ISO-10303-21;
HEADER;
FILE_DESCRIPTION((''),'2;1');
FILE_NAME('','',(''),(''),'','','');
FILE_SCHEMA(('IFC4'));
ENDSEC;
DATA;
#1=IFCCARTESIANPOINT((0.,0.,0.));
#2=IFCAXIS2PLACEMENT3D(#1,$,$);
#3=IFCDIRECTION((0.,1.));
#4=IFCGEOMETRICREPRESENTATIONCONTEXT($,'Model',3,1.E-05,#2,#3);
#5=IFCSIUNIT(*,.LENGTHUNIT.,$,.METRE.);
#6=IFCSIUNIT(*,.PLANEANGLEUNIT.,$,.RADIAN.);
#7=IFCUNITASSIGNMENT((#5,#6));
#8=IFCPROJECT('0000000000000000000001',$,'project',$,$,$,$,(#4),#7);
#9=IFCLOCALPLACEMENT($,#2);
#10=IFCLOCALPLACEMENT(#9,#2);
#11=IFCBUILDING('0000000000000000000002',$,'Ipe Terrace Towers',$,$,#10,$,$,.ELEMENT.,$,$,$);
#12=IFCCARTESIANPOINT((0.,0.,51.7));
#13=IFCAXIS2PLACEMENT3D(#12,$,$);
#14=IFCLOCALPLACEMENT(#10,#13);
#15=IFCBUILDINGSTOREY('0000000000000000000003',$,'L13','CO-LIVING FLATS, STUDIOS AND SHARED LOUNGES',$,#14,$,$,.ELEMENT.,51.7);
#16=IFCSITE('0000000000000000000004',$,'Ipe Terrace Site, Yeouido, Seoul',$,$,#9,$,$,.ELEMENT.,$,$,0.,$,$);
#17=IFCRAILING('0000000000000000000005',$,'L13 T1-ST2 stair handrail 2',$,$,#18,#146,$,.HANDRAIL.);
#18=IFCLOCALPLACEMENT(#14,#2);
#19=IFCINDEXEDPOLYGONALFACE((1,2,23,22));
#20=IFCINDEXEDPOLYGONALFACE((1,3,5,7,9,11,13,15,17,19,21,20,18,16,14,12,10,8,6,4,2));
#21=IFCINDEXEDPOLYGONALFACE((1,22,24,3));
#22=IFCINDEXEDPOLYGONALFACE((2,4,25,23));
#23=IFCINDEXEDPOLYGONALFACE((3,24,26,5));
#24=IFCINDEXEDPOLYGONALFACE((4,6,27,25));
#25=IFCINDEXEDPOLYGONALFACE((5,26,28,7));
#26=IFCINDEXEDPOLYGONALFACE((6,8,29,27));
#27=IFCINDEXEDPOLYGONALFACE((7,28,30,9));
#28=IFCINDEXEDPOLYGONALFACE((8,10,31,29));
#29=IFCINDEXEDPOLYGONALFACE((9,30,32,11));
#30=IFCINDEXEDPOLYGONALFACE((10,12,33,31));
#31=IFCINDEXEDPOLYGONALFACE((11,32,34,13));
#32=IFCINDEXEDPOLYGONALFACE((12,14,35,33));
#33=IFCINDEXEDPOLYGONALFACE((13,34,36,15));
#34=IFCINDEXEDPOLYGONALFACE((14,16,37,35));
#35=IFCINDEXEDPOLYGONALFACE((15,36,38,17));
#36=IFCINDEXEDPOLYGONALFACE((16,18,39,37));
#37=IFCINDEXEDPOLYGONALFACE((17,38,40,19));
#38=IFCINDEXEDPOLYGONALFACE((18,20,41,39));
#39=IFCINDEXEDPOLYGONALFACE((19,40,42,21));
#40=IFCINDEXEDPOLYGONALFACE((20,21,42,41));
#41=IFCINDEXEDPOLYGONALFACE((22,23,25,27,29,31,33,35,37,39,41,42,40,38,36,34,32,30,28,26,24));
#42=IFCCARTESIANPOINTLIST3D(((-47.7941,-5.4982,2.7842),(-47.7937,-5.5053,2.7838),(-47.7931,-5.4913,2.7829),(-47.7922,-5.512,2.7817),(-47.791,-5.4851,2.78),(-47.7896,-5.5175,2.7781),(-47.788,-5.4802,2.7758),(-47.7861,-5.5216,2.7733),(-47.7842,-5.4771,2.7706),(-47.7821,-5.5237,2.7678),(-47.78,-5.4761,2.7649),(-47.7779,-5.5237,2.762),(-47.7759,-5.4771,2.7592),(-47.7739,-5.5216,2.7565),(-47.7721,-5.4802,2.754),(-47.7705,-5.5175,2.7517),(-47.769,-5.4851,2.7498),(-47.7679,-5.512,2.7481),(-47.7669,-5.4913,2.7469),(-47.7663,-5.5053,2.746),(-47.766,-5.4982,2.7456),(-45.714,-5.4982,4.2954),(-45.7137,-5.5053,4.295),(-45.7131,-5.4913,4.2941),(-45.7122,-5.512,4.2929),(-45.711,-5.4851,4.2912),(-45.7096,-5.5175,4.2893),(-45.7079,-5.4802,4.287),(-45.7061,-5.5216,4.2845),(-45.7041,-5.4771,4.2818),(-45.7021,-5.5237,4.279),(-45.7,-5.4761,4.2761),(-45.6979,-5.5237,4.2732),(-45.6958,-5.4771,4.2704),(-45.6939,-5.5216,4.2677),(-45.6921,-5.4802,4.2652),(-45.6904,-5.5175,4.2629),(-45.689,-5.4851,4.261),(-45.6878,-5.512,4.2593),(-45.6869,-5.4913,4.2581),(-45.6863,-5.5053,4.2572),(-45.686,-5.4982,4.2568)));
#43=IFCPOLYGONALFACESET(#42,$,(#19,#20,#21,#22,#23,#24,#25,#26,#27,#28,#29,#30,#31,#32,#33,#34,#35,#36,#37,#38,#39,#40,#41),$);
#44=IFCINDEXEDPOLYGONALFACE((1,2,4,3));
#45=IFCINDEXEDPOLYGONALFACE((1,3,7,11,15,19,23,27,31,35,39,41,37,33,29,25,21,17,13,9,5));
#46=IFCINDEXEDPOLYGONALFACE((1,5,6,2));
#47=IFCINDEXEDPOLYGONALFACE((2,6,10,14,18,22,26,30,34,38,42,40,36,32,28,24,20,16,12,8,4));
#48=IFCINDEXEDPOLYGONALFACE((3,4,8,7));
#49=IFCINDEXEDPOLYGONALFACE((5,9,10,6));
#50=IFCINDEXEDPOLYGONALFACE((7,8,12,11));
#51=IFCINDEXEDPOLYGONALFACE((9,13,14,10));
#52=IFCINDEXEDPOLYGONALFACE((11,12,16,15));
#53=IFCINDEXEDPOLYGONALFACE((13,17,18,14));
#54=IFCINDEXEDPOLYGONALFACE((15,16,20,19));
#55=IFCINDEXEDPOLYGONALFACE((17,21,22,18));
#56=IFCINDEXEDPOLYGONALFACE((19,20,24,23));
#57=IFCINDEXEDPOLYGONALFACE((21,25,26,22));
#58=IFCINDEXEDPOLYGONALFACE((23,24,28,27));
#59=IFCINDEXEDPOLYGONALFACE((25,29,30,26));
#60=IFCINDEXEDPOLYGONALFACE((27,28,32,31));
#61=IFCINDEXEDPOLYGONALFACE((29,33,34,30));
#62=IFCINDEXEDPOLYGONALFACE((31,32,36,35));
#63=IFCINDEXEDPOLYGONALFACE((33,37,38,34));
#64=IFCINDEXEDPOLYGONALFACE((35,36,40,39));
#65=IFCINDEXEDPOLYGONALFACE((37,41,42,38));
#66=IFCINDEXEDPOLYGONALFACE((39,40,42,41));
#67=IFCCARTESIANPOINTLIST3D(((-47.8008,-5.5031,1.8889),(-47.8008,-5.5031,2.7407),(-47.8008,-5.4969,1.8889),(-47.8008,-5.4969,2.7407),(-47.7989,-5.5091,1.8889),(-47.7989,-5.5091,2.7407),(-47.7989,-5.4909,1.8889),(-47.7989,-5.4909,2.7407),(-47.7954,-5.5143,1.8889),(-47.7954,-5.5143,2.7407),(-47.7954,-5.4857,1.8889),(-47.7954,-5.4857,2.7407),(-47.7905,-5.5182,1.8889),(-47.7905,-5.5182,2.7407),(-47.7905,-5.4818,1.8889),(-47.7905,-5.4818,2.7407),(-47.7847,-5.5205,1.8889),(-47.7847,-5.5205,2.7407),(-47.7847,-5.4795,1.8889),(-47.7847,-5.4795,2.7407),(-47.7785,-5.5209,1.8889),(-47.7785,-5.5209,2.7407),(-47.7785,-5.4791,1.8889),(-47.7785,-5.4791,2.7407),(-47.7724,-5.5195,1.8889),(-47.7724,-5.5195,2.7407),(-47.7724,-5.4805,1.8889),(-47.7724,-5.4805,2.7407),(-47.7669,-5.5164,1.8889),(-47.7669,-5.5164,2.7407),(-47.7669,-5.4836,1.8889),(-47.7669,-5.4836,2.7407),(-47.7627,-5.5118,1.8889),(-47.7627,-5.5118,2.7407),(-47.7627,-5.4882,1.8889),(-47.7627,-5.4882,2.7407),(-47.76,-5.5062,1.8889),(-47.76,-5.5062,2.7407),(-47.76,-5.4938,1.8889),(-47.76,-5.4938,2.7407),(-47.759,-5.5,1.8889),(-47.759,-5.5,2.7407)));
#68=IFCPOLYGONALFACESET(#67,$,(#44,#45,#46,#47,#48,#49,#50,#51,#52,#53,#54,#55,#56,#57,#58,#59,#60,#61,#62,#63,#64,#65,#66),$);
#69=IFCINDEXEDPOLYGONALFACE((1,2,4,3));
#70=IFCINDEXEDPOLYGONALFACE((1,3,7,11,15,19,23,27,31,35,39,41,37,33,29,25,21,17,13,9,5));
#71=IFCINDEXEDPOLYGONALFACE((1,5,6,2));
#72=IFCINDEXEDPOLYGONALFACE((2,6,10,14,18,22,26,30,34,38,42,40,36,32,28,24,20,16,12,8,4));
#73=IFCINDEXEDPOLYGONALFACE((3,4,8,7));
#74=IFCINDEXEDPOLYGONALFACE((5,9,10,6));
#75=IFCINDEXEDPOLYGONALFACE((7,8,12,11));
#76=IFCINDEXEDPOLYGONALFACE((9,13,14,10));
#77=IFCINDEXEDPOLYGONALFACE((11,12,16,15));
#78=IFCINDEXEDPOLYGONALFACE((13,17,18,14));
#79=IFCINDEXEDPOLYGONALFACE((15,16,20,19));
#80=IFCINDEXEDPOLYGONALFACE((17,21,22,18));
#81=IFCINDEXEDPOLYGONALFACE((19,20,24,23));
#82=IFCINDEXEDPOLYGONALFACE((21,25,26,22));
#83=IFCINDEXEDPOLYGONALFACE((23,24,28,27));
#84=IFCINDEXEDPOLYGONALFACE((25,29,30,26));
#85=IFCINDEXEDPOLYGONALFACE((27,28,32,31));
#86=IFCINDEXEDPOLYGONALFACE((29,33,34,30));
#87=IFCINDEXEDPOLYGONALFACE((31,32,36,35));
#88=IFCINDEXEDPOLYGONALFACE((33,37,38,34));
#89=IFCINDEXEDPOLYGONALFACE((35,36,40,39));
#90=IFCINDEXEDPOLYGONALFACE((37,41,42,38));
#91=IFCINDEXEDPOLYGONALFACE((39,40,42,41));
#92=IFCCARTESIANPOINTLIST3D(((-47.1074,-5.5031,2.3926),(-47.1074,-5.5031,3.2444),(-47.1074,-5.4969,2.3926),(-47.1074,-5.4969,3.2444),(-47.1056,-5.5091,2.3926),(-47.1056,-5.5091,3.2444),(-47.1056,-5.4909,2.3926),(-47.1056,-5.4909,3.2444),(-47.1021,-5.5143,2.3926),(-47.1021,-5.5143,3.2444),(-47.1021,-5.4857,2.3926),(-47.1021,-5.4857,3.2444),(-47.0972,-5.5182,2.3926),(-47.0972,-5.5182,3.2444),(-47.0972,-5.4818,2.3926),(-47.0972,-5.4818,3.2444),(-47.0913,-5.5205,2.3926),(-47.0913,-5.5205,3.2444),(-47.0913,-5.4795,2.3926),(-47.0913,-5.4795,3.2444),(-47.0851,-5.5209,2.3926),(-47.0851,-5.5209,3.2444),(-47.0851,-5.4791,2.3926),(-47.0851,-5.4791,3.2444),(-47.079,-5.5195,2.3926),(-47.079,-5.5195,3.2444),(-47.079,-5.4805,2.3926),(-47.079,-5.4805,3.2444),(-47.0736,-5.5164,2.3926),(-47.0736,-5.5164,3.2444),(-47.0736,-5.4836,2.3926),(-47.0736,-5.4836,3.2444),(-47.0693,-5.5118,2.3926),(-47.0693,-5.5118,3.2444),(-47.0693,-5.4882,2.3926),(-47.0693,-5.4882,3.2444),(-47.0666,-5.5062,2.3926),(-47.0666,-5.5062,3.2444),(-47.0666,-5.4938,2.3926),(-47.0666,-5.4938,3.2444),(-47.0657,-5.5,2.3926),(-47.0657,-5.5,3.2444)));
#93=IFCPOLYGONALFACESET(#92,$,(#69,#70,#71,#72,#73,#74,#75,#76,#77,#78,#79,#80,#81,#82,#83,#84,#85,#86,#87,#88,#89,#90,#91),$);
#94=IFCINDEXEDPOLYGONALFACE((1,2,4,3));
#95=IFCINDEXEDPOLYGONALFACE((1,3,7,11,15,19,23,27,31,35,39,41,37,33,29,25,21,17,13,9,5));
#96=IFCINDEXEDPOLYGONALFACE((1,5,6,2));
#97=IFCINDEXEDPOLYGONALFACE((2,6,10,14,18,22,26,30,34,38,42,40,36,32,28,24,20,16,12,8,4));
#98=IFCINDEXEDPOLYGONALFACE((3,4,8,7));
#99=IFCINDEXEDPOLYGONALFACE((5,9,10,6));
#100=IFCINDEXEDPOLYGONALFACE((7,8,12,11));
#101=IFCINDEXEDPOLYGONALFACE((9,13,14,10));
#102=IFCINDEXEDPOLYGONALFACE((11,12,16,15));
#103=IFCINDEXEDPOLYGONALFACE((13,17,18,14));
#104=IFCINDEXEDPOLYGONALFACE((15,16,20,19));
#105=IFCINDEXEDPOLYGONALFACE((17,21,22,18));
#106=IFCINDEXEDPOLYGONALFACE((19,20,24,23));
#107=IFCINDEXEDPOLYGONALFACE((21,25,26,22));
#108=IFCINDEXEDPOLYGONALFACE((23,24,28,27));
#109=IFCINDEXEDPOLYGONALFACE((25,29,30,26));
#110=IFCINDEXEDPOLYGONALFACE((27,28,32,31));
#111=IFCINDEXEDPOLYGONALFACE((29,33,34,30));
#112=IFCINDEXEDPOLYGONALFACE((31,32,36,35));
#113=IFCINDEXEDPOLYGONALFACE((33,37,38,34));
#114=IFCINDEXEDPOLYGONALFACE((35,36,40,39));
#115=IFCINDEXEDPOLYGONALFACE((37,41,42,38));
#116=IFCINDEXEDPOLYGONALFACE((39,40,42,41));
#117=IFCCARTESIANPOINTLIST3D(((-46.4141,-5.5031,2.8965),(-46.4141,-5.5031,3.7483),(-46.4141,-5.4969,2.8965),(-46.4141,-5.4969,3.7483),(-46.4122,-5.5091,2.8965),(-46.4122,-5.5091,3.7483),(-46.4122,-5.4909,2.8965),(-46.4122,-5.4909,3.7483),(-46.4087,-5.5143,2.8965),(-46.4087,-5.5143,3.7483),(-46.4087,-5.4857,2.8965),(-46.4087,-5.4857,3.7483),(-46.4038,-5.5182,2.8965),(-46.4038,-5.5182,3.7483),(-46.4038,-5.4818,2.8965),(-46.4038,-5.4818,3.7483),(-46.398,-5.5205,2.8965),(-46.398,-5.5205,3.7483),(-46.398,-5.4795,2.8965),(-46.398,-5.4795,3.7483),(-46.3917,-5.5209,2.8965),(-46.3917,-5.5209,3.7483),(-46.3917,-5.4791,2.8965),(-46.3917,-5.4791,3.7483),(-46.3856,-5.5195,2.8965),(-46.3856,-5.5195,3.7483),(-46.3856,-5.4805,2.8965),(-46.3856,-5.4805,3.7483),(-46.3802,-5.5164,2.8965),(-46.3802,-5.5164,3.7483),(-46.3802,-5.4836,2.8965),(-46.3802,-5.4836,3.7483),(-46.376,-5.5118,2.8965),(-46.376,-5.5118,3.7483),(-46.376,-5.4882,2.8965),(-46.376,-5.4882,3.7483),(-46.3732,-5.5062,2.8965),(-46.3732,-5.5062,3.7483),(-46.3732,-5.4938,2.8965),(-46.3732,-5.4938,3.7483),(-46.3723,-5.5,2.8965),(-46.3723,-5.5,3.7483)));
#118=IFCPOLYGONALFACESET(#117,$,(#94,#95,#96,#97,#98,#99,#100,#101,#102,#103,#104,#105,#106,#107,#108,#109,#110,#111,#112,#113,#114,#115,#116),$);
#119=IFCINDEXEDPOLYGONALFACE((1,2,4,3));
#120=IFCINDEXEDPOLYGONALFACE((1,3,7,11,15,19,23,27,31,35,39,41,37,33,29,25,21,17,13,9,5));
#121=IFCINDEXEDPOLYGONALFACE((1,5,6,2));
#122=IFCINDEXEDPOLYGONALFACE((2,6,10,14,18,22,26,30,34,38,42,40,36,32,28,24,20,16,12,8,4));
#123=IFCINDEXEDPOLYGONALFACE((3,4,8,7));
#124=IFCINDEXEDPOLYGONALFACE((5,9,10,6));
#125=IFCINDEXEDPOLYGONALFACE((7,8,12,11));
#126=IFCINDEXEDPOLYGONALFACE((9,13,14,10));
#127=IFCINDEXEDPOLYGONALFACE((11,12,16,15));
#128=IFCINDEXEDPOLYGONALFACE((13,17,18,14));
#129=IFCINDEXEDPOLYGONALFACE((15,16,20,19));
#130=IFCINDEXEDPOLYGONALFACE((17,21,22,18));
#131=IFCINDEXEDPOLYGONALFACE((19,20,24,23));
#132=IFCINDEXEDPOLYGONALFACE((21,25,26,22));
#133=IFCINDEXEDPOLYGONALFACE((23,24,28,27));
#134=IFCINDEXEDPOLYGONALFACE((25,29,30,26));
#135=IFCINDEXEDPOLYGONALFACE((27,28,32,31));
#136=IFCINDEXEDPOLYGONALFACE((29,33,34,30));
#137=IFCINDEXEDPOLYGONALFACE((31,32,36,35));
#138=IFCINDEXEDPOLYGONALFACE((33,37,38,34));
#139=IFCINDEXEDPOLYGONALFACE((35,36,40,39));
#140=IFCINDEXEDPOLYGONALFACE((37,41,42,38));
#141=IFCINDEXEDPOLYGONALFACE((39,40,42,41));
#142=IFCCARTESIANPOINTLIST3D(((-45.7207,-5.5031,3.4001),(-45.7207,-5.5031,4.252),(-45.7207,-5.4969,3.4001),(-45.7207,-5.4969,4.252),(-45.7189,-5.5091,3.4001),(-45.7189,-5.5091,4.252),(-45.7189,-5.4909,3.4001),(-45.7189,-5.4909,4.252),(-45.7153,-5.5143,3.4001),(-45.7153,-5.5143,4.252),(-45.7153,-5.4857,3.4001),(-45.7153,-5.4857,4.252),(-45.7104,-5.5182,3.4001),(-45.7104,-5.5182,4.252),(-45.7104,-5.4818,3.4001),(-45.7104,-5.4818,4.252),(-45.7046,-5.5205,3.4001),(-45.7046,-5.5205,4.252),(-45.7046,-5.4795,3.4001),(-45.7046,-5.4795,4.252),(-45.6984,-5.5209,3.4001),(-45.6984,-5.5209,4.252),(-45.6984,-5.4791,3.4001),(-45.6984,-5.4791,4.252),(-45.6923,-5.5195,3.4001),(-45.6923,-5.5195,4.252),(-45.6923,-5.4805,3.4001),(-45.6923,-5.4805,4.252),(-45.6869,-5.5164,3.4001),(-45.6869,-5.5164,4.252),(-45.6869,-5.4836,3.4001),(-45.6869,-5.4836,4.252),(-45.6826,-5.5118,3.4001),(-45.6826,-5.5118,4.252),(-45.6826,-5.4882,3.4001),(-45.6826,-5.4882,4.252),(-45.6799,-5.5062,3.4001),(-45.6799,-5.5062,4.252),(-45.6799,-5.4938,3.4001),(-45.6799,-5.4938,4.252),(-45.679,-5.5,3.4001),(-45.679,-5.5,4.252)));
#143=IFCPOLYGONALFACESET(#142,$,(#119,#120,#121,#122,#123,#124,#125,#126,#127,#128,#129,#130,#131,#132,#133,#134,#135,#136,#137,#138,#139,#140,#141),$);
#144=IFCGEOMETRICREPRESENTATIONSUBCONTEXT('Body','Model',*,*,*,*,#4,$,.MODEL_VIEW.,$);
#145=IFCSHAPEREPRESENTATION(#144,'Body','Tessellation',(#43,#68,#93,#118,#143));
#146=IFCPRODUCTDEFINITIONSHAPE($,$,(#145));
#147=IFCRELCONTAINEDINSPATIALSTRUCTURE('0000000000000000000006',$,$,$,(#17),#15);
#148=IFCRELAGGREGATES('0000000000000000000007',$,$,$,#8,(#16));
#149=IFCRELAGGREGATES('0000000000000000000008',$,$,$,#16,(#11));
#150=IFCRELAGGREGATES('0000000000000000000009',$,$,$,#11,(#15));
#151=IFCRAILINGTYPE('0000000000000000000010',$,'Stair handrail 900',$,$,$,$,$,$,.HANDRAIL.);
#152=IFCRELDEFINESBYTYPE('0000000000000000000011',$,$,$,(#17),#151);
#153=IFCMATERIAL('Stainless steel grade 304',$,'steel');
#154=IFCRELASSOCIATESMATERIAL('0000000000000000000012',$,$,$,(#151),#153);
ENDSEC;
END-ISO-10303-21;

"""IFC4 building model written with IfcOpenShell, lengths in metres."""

from ifc_helpers import new_model, si_unit, direction, frame, origin, origin_2d, place, context, subcontext, project, spatial, circle, extrude, material, type_object, element, save


model = new_model("IFC4")

# Units and contexts
model_context = context("Model", 3, precision=1e-05, world=origin(), true_north=direction((0.0, 1.0)))
body_context = subcontext(model_context, "Body", "Model", "MODEL_VIEW")
ifc_project = project(units=[si_unit("LENGTHUNIT", "METRE"), si_unit("PLANEANGLEUNIT", "RADIAN")], contexts=[model_context])

# Site, building, storey
site_placement = place(None, origin())
site = spatial("IfcSite", under=ifc_project, at=site_placement, Name="Ipe Terrace Site, Yeouido, Seoul", CompositionType="ELEMENT", RefElevation=0.0)
building_placement = place(site_placement, origin())
building = spatial("IfcBuilding", under=site, at=building_placement, Name="Ipe Terrace Towers", CompositionType="ELEMENT")
storey_placement = place(building_placement, frame((0.0, 0.0, 51.7)))
storey = spatial("IfcBuildingStorey", under=building, at=storey_placement, Name="L13", Description="CO-LIVING FLATS, STUDIOS AND SHARED LOUNGES", CompositionType="ELEMENT", Elevation=51.7)

# Railing
ifc_material_1 = material(Name="Stainless steel grade 304", Category="steel")
railing_type_1 = type_object("IfcRailingType", Name="Stair handrail 900", PredefinedType="HANDRAIL", material=ifc_material_1)
railing_1_placement = place(storey_placement, frame((-47.78, -5.5, 1.8889)))
element("IfcRailing", 1, at=railing_1_placement, inside=storey, type_object=railing_type_1, Name="L13 T1-ST2 stair handrail 2", PredefinedType="HANDRAIL", context=body_context, shape_type="SweptSolid", body=[
    extrude(circle(Radius=0.0239, at=origin_2d()), frame((0.0, 0.0, 0.876), z_axis=(0.809023, 0.0, 0.587776), x_axis=(0.0, 1.0, 0.0)), (0.0, 0.0, 1.0), 2.571),
    extrude(circle(Radius=0.021, at=origin_2d()), origin(), (0.0, 0.0, 1.0), 0.8518),
    extrude(circle(Radius=0.021, at=origin_2d()), frame((0.6934, 0.0, 0.5037)), (0.0, 0.0, 1.0), 0.8518),
    extrude(circle(Radius=0.021, at=origin_2d()), frame((1.3867, 0.0, 1.0076)), (0.0, 0.0, 1.0), 0.8518),
    extrude(circle(Radius=0.021, at=origin_2d()), frame((2.0801, 0.0, 1.5112)), (0.0, 0.0, 1.0), 0.8518),
])

save(model, "model.ifc")
